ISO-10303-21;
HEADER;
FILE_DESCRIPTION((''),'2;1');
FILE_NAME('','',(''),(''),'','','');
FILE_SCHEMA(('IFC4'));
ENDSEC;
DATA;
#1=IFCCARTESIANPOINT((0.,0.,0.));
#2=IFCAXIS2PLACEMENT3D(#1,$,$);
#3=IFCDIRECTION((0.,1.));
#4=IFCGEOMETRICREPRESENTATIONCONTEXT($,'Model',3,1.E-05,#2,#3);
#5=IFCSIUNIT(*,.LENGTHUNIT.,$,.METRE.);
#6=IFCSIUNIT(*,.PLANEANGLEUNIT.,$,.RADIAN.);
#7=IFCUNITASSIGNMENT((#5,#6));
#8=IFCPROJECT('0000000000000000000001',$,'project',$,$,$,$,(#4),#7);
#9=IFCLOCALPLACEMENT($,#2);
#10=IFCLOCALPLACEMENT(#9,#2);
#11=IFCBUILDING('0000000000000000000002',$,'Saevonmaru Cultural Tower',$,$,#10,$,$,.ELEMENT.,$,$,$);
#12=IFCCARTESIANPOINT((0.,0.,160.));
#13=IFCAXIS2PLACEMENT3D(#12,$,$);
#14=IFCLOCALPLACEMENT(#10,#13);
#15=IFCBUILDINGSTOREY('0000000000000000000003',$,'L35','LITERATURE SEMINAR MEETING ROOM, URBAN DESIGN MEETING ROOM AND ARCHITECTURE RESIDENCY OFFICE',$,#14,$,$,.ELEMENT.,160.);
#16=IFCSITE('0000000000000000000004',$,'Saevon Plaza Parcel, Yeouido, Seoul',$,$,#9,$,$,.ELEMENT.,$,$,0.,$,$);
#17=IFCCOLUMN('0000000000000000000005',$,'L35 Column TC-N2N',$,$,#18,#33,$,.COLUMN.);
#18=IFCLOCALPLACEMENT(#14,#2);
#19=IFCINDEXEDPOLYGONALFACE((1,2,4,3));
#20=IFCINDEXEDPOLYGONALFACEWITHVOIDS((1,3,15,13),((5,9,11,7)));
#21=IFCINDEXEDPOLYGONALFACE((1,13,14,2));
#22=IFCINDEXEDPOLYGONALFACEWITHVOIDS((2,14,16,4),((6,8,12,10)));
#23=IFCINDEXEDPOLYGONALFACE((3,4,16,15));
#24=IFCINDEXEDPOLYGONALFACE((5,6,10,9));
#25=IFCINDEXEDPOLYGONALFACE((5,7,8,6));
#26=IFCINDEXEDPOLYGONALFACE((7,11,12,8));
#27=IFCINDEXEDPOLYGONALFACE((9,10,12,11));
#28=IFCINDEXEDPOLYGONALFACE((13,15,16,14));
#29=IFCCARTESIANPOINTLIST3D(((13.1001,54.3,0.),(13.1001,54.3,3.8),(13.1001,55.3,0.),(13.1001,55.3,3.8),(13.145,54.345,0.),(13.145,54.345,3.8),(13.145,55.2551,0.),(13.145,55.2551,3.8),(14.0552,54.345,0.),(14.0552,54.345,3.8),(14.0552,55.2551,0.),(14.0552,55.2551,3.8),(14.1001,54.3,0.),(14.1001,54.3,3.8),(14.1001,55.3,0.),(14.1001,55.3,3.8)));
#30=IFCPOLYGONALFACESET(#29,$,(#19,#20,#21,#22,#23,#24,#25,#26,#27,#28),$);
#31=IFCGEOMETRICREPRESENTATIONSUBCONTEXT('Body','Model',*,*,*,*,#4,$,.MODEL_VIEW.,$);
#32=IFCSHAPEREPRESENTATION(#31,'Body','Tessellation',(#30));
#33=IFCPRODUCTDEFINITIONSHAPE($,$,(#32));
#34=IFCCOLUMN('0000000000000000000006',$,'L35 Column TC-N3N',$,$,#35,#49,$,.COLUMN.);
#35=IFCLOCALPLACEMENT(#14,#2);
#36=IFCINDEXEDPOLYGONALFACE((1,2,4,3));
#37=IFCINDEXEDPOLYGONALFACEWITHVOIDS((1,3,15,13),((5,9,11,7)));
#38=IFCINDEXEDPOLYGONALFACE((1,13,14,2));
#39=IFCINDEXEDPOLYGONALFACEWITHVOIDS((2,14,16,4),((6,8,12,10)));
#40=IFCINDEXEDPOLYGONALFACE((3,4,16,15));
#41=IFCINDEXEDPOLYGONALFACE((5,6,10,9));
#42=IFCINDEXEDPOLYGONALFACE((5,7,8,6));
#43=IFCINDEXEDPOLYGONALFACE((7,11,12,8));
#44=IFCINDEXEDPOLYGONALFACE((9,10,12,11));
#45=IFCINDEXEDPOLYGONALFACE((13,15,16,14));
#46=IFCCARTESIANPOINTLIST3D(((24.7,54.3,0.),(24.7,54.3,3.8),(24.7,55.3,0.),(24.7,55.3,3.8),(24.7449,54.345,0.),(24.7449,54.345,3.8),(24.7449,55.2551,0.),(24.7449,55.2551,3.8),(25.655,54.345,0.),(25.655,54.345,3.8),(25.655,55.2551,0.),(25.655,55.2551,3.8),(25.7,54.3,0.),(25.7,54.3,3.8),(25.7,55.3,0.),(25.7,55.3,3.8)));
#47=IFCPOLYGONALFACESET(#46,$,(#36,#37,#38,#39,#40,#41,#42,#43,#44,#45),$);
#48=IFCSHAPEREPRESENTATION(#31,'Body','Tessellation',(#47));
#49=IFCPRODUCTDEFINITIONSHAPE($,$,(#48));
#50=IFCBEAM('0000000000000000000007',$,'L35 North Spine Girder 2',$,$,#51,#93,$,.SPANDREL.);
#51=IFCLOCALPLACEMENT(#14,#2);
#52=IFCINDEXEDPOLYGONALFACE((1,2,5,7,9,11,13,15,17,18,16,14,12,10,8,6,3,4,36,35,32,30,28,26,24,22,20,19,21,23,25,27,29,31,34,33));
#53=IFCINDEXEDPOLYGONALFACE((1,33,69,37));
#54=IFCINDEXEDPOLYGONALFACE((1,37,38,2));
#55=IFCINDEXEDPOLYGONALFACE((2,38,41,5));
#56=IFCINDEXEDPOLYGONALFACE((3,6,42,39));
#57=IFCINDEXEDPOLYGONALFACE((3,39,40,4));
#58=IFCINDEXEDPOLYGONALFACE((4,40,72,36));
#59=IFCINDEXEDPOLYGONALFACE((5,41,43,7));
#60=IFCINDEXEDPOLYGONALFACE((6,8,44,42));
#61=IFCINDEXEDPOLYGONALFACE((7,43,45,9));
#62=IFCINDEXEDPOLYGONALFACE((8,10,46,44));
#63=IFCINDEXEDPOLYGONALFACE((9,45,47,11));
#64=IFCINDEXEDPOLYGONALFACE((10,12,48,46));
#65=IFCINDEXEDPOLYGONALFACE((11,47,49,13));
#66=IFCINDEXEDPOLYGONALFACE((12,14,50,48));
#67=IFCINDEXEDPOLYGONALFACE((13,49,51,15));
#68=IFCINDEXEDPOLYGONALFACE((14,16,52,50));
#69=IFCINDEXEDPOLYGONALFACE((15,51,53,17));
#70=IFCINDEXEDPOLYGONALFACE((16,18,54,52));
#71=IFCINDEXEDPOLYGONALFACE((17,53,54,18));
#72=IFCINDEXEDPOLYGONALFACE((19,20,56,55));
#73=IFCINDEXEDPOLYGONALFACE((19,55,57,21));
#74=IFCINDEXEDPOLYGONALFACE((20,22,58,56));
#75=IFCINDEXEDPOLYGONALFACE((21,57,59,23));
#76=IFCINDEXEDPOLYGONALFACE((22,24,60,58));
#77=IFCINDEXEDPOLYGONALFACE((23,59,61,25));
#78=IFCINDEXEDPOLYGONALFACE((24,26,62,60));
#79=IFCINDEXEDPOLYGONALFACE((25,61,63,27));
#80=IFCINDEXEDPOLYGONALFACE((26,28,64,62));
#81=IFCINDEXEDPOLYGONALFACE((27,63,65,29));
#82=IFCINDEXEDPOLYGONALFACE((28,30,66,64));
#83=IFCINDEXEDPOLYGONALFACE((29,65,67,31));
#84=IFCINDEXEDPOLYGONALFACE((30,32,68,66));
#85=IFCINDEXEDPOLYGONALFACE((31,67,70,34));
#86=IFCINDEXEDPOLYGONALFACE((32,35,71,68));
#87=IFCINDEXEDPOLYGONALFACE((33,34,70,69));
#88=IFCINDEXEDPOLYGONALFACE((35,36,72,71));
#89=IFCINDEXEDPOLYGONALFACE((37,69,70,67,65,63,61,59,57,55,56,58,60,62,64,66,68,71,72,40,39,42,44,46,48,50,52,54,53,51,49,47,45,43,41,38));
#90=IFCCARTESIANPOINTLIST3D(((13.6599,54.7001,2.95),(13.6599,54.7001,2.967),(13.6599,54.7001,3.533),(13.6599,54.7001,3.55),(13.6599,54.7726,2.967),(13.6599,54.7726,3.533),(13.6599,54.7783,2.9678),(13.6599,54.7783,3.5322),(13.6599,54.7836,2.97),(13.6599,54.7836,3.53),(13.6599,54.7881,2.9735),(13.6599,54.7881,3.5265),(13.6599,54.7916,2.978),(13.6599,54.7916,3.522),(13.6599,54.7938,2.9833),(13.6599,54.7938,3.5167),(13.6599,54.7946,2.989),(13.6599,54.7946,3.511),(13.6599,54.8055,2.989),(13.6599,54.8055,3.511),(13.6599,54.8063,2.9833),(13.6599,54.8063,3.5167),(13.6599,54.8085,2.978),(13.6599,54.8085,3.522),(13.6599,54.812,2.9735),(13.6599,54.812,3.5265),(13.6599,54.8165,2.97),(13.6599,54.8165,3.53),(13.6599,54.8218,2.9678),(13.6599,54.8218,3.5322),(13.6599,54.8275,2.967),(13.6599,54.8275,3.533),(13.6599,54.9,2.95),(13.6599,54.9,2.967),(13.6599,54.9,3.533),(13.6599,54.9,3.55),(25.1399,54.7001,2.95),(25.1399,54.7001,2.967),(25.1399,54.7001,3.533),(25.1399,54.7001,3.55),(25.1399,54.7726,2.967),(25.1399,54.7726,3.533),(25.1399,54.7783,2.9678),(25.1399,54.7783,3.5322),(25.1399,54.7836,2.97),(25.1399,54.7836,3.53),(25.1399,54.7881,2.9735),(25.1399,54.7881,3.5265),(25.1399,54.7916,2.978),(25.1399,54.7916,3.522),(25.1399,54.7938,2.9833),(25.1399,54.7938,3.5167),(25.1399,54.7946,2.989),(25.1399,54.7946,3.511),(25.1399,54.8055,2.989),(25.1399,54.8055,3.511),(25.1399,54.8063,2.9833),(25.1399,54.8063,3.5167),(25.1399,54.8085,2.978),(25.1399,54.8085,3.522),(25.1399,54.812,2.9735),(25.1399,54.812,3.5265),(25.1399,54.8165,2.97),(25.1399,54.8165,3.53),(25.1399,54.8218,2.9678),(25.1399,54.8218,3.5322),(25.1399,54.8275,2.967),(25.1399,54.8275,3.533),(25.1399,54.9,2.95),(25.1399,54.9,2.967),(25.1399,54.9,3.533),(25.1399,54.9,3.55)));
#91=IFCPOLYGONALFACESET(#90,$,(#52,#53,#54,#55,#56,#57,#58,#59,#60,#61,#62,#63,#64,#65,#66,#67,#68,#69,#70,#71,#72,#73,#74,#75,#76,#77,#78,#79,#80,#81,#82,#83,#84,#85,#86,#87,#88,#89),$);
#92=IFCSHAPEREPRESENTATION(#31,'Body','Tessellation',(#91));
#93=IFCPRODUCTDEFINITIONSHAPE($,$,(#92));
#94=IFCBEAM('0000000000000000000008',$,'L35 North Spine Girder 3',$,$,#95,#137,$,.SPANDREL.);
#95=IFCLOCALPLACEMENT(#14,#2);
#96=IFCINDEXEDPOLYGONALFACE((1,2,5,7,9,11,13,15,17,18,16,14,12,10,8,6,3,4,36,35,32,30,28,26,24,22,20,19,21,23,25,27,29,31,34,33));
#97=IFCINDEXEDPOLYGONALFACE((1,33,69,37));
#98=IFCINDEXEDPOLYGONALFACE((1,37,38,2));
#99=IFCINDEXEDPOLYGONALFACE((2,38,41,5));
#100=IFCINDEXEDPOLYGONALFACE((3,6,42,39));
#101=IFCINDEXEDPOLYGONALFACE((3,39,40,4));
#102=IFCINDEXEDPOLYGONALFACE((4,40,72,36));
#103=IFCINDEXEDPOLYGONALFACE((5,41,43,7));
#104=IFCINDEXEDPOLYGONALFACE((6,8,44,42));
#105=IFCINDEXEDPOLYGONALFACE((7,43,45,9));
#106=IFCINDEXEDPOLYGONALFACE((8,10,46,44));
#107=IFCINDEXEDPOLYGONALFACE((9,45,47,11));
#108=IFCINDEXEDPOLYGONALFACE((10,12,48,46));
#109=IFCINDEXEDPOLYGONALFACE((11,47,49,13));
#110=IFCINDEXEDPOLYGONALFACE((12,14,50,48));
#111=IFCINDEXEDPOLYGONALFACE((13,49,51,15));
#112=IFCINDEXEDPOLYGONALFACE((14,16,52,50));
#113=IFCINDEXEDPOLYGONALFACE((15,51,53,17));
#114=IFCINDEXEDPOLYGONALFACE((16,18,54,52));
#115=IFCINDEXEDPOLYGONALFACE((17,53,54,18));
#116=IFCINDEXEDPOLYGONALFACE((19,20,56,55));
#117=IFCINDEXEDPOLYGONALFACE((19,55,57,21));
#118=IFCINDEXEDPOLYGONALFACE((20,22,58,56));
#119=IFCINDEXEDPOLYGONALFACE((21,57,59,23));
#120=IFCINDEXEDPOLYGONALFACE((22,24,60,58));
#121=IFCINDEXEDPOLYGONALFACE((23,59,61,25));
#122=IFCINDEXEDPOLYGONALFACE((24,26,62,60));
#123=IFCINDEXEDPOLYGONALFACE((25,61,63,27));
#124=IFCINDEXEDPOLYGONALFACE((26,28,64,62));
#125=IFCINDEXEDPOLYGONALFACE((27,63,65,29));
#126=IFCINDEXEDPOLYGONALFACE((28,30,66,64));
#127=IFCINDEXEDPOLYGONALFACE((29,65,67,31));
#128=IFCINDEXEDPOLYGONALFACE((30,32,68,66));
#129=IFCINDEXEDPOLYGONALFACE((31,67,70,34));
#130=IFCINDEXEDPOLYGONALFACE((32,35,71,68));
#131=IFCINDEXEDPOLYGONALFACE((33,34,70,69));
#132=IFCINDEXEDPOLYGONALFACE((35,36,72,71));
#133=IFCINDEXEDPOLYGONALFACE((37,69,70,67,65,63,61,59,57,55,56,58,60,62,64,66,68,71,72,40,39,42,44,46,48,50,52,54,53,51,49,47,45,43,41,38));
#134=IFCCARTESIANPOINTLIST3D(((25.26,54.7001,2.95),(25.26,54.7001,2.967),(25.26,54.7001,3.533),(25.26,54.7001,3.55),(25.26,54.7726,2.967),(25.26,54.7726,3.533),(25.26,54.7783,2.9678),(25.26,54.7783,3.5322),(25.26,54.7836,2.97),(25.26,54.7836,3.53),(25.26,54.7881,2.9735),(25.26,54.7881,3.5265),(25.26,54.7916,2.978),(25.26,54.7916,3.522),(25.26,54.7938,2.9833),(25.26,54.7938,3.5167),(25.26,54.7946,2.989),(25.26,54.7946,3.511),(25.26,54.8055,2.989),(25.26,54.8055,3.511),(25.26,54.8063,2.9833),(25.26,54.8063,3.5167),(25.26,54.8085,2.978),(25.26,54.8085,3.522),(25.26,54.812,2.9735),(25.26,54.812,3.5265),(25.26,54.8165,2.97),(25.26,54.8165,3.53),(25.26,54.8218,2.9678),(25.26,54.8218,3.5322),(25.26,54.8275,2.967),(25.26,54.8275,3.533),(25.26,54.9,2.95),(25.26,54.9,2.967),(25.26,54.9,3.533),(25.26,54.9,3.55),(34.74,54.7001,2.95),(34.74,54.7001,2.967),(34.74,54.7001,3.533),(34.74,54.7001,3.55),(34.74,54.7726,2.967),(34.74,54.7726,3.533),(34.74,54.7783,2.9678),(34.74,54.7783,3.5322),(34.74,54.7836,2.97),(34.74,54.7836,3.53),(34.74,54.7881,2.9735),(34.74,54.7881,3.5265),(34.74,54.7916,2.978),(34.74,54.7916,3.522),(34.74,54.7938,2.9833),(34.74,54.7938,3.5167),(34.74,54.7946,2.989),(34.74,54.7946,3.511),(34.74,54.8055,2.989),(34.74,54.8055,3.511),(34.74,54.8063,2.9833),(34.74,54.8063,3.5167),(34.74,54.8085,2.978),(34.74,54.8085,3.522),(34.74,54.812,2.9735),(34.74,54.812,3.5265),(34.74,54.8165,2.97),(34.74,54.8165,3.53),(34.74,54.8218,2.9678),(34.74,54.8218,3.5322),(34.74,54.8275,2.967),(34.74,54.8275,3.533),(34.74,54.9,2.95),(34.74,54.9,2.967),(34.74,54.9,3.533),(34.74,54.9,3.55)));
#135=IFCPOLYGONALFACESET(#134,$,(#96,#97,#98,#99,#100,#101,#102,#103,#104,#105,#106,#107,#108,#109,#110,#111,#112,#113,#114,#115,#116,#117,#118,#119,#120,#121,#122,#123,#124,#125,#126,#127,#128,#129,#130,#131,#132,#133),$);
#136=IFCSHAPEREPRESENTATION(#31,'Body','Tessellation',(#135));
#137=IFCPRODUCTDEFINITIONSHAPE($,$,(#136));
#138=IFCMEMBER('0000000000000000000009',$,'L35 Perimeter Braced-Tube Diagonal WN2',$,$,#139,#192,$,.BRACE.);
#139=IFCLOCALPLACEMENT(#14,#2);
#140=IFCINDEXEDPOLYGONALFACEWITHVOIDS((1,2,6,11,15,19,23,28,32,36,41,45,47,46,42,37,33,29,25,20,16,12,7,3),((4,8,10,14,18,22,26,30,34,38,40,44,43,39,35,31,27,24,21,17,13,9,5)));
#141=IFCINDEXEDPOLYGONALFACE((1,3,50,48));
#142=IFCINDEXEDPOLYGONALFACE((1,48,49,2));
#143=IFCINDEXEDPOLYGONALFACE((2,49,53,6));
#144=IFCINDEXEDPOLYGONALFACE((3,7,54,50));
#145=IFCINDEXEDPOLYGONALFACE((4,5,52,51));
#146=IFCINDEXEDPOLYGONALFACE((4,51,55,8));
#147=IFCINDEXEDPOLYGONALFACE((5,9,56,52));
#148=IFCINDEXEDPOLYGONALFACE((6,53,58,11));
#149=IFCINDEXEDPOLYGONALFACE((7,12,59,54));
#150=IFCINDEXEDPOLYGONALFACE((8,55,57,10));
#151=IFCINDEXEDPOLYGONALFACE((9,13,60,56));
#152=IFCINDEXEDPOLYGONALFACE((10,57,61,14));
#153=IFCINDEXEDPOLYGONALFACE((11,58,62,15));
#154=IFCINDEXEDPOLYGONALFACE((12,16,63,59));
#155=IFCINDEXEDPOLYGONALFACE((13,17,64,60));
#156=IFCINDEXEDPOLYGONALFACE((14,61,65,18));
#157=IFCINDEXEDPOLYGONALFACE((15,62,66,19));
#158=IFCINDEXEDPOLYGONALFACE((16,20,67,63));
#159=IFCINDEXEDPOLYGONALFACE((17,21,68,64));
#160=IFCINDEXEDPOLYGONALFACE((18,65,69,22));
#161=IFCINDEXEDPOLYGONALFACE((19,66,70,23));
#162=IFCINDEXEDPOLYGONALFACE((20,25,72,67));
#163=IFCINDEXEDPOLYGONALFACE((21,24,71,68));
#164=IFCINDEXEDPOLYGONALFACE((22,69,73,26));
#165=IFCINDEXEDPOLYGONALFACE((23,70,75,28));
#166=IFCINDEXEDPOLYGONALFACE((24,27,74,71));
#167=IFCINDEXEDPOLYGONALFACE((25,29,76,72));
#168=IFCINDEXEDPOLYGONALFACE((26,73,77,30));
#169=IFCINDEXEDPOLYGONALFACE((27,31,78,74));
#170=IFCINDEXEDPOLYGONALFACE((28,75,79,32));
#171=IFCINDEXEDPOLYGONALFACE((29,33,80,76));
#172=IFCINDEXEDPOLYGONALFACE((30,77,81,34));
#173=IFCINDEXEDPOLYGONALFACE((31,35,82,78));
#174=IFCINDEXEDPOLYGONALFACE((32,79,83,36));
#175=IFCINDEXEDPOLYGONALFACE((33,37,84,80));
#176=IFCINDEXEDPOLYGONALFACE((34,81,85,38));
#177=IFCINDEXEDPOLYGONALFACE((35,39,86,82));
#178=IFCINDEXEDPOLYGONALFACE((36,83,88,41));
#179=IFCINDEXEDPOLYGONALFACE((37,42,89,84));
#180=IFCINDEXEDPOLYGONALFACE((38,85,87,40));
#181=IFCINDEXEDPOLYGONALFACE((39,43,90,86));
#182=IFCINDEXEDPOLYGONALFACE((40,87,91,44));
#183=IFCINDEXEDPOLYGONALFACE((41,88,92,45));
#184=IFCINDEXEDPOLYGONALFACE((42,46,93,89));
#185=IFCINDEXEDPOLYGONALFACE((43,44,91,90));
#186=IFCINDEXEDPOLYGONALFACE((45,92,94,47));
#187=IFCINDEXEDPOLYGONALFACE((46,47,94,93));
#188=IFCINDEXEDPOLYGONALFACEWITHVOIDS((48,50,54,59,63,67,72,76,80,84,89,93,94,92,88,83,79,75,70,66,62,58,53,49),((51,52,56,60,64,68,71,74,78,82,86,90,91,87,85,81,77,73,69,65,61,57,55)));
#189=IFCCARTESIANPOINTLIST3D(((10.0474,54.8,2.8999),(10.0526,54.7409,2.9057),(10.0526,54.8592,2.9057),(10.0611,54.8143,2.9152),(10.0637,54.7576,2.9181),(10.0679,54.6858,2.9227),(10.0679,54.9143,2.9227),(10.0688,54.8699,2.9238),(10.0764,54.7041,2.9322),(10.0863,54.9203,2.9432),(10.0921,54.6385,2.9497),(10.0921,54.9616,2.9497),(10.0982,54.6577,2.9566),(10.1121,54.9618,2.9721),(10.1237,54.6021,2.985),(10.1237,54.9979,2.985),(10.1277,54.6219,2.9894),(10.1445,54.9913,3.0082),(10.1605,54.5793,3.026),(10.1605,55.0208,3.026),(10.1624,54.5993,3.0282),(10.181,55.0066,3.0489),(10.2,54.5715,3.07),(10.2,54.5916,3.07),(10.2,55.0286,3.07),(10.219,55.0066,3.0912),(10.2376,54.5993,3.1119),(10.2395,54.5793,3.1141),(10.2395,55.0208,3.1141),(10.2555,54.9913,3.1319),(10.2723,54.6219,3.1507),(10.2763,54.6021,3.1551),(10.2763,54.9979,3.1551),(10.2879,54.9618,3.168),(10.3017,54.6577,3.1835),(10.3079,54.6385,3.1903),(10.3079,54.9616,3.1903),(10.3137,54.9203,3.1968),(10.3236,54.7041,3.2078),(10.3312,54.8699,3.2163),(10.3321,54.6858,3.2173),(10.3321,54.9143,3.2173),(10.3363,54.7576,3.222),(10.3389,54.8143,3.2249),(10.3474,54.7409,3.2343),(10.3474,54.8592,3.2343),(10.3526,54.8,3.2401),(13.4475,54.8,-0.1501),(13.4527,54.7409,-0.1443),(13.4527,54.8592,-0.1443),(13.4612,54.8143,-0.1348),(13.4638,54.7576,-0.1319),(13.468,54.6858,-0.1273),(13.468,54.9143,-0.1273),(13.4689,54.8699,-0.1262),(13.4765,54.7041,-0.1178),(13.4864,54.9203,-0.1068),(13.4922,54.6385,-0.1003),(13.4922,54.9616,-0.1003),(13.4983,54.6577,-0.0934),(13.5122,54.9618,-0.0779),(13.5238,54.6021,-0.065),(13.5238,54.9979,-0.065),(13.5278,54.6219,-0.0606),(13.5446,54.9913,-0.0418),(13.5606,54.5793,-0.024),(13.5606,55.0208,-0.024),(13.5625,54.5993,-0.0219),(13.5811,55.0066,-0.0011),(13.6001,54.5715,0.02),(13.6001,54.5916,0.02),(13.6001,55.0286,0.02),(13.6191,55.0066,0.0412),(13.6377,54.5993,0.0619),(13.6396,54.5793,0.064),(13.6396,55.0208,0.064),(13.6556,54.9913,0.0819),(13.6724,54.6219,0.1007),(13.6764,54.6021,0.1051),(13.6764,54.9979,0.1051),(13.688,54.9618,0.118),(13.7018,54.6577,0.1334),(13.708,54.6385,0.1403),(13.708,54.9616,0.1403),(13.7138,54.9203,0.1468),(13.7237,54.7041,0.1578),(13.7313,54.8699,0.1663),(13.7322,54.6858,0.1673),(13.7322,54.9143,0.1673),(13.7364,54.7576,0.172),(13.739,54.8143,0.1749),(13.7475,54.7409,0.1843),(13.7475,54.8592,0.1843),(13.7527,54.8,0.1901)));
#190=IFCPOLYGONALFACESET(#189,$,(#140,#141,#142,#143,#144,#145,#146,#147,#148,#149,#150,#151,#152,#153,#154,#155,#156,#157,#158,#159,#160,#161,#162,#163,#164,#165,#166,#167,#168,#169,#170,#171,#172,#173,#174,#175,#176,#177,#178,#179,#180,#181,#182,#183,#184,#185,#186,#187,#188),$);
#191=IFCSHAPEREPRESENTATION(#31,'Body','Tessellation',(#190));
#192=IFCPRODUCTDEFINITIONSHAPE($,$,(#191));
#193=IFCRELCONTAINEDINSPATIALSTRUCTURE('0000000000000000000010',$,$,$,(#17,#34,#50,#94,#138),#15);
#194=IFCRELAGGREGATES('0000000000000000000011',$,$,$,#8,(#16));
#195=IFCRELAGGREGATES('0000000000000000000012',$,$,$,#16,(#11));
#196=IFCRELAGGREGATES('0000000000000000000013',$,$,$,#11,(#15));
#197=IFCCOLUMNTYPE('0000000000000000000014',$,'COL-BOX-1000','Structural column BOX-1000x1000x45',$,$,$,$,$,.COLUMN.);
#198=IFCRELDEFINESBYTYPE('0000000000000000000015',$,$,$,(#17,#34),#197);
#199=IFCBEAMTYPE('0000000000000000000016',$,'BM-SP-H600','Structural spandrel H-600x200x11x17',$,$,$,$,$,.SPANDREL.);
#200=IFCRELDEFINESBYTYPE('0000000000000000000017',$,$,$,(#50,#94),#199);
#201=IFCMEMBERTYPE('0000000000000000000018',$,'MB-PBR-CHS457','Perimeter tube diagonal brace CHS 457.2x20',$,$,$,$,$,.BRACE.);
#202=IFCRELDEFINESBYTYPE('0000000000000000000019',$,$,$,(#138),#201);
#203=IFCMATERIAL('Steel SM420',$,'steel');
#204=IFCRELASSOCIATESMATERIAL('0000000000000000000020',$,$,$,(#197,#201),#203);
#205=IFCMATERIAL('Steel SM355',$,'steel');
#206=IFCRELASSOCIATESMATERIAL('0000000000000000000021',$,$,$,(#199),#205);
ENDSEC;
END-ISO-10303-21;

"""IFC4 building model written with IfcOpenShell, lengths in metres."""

from ifc_helpers import new_model, si_unit, direction, frame, origin, origin_2d, place, context, subcontext, project, spatial, hollow_rectangle, hollow_circle, i_section, extrude, material, material_profile, profile_set, type_object, element, save


model = new_model("IFC4")

# Units and contexts
model_context = context("Model", 3, precision=1e-05, world=origin(), true_north=direction((0.0, 1.0)))
body_context = subcontext(model_context, "Body", "Model", "MODEL_VIEW")
ifc_project = project(units=[si_unit("LENGTHUNIT", "METRE"), si_unit("PLANEANGLEUNIT", "RADIAN")], contexts=[model_context])

# Site, building, storey
site_placement = place(None, origin())
site = spatial("IfcSite", under=ifc_project, at=site_placement, Name="Saevon Plaza Parcel, Yeouido, Seoul", CompositionType="ELEMENT", RefElevation=0.0)
building_placement = place(site_placement, origin())
building = spatial("IfcBuilding", under=site, at=building_placement, Name="Saevonmaru Cultural Tower", CompositionType="ELEMENT")
storey_placement = place(building_placement, frame((0.0, 0.0, 160.0)))
storey = spatial("IfcBuildingStorey", under=building, at=storey_placement, Name="L35", Description="LITERATURE SEMINAR MEETING ROOM, URBAN DESIGN MEETING ROOM AND ARCHITECTURE RESIDENCY OFFICE", CompositionType="ELEMENT", Elevation=160.0)

# Columns
ifc_material_1 = material(Name="Steel SM420", Category="steel")
ifc_material_profile_1 = material_profile(ifc_material_1, hollow_rectangle(XDim=1.0, YDim=1.0, WallThickness=0.0449, at=origin_2d()), Name="BOX-1000x1000x45")
ifc_profile_set_1 = profile_set([ifc_material_profile_1], Name="Steel SM420")
column_type = type_object("IfcColumnType", Name="COL-BOX-1000", Description="Structural column BOX-1000x1000x45", PredefinedType="COLUMN", material=ifc_profile_set_1)
for number, where, z_axis, x_axis, name in (
    (1, (13.6001, 54.8, 0.0), (0.0, 0.0, 1.0), (1.0, 0.0, 0.0), "L35 Column TC-N2N"),
    (2, (25.2, 54.8, 0.0), (0.0, 0.0, 1.0), (1.0, 0.0, 0.0), "L35 Column TC-N3N"),
):
    element("IfcColumn", number, at=place(storey_placement, frame(where, z_axis=z_axis, x_axis=x_axis)), inside=storey, type_object=column_type, Name=name, PredefinedType="COLUMN", context=body_context, shape_type="SweptSolid", body=[
        extrude(hollow_rectangle(XDim=1.0, YDim=1.0, WallThickness=0.0449, at=origin_2d()), origin(), (0.0, 0.0, 1.0), 3.8),
    ])

# Beams
ifc_material_2 = material(Name="Steel SM355", Category="steel")
ifc_material_profile_2 = material_profile(ifc_material_2, i_section(OverallWidth=0.2, OverallDepth=0.6001, WebThickness=0.011, FlangeThickness=0.0171, FilletRadius=0.022, at=origin_2d()), Name="H-600x200x11x17")
ifc_profile_set_2 = profile_set([ifc_material_profile_2], Name="Steel SM355")
beam_type = type_object("IfcBeamType", Name="BM-SP-H600", Description="Structural spandrel H-600x200x11x17", PredefinedType="SPANDREL", material=ifc_profile_set_2)
beam_1_placement = place(storey_placement, frame((13.6599, 54.8, 3.25), z_axis=(1.0, 0.0, 0.0), x_axis=(0.0, 1.0, 0.0)))
element("IfcBeam", 3, at=beam_1_placement, inside=storey, type_object=beam_type, Name="L35 North Spine Girder 2", PredefinedType="SPANDREL", context=body_context, shape_type="SweptSolid", body=[
    extrude(i_section(OverallWidth=0.2, OverallDepth=0.6001, WebThickness=0.011, FlangeThickness=0.0171, FilletRadius=0.022, at=origin_2d()), origin(), (0.0, 0.0, 1.0), 11.48),
])
beam_2_placement = place(storey_placement, frame((25.26, 54.8, 3.25), z_axis=(1.0, 0.0, 0.0), x_axis=(0.0, 1.0, 0.0)))
element("IfcBeam", 4, at=beam_2_placement, inside=storey, type_object=beam_type, Name="L35 North Spine Girder 3", PredefinedType="SPANDREL", context=body_context, shape_type="SweptSolid", body=[
    extrude(i_section(OverallWidth=0.2, OverallDepth=0.6001, WebThickness=0.011, FlangeThickness=0.0171, FilletRadius=0.022, at=origin_2d()), origin(), (0.0, 0.0, 1.0), 9.48),
])

# Member
ifc_material_profile_3 = material_profile(ifc_material_1, hollow_circle(Radius=0.2285, WallThickness=0.02, at=origin_2d()), Name="CHS-457.2x20")
ifc_profile_set_3 = profile_set([ifc_material_profile_3], Name="Steel SM420")
member_type_1 = type_object("IfcMemberType", Name="MB-PBR-CHS457", Description="Perimeter tube diagonal brace CHS 457.2x20", PredefinedType="BRACE", material=ifc_profile_set_3)
member_1_placement = place(storey_placement, frame((13.6001, 54.8, 0.02), z_axis=(-0.744391, 0.0, 0.667744), x_axis=(0.0, -1.0, 0.0)))
element("IfcMember", 5, at=member_1_placement, inside=storey, type_object=member_type_1, Name="L35 Perimeter Braced-Tube Diagonal WN2", PredefinedType="BRACE", context=body_context, shape_type="SweptSolid", body=[
    extrude(hollow_circle(Radius=0.2285, WallThickness=0.02, at=origin_2d()), origin(), (0.0, 0.0, 1.0), 4.5676),
])

save(model, "model.ifc")
